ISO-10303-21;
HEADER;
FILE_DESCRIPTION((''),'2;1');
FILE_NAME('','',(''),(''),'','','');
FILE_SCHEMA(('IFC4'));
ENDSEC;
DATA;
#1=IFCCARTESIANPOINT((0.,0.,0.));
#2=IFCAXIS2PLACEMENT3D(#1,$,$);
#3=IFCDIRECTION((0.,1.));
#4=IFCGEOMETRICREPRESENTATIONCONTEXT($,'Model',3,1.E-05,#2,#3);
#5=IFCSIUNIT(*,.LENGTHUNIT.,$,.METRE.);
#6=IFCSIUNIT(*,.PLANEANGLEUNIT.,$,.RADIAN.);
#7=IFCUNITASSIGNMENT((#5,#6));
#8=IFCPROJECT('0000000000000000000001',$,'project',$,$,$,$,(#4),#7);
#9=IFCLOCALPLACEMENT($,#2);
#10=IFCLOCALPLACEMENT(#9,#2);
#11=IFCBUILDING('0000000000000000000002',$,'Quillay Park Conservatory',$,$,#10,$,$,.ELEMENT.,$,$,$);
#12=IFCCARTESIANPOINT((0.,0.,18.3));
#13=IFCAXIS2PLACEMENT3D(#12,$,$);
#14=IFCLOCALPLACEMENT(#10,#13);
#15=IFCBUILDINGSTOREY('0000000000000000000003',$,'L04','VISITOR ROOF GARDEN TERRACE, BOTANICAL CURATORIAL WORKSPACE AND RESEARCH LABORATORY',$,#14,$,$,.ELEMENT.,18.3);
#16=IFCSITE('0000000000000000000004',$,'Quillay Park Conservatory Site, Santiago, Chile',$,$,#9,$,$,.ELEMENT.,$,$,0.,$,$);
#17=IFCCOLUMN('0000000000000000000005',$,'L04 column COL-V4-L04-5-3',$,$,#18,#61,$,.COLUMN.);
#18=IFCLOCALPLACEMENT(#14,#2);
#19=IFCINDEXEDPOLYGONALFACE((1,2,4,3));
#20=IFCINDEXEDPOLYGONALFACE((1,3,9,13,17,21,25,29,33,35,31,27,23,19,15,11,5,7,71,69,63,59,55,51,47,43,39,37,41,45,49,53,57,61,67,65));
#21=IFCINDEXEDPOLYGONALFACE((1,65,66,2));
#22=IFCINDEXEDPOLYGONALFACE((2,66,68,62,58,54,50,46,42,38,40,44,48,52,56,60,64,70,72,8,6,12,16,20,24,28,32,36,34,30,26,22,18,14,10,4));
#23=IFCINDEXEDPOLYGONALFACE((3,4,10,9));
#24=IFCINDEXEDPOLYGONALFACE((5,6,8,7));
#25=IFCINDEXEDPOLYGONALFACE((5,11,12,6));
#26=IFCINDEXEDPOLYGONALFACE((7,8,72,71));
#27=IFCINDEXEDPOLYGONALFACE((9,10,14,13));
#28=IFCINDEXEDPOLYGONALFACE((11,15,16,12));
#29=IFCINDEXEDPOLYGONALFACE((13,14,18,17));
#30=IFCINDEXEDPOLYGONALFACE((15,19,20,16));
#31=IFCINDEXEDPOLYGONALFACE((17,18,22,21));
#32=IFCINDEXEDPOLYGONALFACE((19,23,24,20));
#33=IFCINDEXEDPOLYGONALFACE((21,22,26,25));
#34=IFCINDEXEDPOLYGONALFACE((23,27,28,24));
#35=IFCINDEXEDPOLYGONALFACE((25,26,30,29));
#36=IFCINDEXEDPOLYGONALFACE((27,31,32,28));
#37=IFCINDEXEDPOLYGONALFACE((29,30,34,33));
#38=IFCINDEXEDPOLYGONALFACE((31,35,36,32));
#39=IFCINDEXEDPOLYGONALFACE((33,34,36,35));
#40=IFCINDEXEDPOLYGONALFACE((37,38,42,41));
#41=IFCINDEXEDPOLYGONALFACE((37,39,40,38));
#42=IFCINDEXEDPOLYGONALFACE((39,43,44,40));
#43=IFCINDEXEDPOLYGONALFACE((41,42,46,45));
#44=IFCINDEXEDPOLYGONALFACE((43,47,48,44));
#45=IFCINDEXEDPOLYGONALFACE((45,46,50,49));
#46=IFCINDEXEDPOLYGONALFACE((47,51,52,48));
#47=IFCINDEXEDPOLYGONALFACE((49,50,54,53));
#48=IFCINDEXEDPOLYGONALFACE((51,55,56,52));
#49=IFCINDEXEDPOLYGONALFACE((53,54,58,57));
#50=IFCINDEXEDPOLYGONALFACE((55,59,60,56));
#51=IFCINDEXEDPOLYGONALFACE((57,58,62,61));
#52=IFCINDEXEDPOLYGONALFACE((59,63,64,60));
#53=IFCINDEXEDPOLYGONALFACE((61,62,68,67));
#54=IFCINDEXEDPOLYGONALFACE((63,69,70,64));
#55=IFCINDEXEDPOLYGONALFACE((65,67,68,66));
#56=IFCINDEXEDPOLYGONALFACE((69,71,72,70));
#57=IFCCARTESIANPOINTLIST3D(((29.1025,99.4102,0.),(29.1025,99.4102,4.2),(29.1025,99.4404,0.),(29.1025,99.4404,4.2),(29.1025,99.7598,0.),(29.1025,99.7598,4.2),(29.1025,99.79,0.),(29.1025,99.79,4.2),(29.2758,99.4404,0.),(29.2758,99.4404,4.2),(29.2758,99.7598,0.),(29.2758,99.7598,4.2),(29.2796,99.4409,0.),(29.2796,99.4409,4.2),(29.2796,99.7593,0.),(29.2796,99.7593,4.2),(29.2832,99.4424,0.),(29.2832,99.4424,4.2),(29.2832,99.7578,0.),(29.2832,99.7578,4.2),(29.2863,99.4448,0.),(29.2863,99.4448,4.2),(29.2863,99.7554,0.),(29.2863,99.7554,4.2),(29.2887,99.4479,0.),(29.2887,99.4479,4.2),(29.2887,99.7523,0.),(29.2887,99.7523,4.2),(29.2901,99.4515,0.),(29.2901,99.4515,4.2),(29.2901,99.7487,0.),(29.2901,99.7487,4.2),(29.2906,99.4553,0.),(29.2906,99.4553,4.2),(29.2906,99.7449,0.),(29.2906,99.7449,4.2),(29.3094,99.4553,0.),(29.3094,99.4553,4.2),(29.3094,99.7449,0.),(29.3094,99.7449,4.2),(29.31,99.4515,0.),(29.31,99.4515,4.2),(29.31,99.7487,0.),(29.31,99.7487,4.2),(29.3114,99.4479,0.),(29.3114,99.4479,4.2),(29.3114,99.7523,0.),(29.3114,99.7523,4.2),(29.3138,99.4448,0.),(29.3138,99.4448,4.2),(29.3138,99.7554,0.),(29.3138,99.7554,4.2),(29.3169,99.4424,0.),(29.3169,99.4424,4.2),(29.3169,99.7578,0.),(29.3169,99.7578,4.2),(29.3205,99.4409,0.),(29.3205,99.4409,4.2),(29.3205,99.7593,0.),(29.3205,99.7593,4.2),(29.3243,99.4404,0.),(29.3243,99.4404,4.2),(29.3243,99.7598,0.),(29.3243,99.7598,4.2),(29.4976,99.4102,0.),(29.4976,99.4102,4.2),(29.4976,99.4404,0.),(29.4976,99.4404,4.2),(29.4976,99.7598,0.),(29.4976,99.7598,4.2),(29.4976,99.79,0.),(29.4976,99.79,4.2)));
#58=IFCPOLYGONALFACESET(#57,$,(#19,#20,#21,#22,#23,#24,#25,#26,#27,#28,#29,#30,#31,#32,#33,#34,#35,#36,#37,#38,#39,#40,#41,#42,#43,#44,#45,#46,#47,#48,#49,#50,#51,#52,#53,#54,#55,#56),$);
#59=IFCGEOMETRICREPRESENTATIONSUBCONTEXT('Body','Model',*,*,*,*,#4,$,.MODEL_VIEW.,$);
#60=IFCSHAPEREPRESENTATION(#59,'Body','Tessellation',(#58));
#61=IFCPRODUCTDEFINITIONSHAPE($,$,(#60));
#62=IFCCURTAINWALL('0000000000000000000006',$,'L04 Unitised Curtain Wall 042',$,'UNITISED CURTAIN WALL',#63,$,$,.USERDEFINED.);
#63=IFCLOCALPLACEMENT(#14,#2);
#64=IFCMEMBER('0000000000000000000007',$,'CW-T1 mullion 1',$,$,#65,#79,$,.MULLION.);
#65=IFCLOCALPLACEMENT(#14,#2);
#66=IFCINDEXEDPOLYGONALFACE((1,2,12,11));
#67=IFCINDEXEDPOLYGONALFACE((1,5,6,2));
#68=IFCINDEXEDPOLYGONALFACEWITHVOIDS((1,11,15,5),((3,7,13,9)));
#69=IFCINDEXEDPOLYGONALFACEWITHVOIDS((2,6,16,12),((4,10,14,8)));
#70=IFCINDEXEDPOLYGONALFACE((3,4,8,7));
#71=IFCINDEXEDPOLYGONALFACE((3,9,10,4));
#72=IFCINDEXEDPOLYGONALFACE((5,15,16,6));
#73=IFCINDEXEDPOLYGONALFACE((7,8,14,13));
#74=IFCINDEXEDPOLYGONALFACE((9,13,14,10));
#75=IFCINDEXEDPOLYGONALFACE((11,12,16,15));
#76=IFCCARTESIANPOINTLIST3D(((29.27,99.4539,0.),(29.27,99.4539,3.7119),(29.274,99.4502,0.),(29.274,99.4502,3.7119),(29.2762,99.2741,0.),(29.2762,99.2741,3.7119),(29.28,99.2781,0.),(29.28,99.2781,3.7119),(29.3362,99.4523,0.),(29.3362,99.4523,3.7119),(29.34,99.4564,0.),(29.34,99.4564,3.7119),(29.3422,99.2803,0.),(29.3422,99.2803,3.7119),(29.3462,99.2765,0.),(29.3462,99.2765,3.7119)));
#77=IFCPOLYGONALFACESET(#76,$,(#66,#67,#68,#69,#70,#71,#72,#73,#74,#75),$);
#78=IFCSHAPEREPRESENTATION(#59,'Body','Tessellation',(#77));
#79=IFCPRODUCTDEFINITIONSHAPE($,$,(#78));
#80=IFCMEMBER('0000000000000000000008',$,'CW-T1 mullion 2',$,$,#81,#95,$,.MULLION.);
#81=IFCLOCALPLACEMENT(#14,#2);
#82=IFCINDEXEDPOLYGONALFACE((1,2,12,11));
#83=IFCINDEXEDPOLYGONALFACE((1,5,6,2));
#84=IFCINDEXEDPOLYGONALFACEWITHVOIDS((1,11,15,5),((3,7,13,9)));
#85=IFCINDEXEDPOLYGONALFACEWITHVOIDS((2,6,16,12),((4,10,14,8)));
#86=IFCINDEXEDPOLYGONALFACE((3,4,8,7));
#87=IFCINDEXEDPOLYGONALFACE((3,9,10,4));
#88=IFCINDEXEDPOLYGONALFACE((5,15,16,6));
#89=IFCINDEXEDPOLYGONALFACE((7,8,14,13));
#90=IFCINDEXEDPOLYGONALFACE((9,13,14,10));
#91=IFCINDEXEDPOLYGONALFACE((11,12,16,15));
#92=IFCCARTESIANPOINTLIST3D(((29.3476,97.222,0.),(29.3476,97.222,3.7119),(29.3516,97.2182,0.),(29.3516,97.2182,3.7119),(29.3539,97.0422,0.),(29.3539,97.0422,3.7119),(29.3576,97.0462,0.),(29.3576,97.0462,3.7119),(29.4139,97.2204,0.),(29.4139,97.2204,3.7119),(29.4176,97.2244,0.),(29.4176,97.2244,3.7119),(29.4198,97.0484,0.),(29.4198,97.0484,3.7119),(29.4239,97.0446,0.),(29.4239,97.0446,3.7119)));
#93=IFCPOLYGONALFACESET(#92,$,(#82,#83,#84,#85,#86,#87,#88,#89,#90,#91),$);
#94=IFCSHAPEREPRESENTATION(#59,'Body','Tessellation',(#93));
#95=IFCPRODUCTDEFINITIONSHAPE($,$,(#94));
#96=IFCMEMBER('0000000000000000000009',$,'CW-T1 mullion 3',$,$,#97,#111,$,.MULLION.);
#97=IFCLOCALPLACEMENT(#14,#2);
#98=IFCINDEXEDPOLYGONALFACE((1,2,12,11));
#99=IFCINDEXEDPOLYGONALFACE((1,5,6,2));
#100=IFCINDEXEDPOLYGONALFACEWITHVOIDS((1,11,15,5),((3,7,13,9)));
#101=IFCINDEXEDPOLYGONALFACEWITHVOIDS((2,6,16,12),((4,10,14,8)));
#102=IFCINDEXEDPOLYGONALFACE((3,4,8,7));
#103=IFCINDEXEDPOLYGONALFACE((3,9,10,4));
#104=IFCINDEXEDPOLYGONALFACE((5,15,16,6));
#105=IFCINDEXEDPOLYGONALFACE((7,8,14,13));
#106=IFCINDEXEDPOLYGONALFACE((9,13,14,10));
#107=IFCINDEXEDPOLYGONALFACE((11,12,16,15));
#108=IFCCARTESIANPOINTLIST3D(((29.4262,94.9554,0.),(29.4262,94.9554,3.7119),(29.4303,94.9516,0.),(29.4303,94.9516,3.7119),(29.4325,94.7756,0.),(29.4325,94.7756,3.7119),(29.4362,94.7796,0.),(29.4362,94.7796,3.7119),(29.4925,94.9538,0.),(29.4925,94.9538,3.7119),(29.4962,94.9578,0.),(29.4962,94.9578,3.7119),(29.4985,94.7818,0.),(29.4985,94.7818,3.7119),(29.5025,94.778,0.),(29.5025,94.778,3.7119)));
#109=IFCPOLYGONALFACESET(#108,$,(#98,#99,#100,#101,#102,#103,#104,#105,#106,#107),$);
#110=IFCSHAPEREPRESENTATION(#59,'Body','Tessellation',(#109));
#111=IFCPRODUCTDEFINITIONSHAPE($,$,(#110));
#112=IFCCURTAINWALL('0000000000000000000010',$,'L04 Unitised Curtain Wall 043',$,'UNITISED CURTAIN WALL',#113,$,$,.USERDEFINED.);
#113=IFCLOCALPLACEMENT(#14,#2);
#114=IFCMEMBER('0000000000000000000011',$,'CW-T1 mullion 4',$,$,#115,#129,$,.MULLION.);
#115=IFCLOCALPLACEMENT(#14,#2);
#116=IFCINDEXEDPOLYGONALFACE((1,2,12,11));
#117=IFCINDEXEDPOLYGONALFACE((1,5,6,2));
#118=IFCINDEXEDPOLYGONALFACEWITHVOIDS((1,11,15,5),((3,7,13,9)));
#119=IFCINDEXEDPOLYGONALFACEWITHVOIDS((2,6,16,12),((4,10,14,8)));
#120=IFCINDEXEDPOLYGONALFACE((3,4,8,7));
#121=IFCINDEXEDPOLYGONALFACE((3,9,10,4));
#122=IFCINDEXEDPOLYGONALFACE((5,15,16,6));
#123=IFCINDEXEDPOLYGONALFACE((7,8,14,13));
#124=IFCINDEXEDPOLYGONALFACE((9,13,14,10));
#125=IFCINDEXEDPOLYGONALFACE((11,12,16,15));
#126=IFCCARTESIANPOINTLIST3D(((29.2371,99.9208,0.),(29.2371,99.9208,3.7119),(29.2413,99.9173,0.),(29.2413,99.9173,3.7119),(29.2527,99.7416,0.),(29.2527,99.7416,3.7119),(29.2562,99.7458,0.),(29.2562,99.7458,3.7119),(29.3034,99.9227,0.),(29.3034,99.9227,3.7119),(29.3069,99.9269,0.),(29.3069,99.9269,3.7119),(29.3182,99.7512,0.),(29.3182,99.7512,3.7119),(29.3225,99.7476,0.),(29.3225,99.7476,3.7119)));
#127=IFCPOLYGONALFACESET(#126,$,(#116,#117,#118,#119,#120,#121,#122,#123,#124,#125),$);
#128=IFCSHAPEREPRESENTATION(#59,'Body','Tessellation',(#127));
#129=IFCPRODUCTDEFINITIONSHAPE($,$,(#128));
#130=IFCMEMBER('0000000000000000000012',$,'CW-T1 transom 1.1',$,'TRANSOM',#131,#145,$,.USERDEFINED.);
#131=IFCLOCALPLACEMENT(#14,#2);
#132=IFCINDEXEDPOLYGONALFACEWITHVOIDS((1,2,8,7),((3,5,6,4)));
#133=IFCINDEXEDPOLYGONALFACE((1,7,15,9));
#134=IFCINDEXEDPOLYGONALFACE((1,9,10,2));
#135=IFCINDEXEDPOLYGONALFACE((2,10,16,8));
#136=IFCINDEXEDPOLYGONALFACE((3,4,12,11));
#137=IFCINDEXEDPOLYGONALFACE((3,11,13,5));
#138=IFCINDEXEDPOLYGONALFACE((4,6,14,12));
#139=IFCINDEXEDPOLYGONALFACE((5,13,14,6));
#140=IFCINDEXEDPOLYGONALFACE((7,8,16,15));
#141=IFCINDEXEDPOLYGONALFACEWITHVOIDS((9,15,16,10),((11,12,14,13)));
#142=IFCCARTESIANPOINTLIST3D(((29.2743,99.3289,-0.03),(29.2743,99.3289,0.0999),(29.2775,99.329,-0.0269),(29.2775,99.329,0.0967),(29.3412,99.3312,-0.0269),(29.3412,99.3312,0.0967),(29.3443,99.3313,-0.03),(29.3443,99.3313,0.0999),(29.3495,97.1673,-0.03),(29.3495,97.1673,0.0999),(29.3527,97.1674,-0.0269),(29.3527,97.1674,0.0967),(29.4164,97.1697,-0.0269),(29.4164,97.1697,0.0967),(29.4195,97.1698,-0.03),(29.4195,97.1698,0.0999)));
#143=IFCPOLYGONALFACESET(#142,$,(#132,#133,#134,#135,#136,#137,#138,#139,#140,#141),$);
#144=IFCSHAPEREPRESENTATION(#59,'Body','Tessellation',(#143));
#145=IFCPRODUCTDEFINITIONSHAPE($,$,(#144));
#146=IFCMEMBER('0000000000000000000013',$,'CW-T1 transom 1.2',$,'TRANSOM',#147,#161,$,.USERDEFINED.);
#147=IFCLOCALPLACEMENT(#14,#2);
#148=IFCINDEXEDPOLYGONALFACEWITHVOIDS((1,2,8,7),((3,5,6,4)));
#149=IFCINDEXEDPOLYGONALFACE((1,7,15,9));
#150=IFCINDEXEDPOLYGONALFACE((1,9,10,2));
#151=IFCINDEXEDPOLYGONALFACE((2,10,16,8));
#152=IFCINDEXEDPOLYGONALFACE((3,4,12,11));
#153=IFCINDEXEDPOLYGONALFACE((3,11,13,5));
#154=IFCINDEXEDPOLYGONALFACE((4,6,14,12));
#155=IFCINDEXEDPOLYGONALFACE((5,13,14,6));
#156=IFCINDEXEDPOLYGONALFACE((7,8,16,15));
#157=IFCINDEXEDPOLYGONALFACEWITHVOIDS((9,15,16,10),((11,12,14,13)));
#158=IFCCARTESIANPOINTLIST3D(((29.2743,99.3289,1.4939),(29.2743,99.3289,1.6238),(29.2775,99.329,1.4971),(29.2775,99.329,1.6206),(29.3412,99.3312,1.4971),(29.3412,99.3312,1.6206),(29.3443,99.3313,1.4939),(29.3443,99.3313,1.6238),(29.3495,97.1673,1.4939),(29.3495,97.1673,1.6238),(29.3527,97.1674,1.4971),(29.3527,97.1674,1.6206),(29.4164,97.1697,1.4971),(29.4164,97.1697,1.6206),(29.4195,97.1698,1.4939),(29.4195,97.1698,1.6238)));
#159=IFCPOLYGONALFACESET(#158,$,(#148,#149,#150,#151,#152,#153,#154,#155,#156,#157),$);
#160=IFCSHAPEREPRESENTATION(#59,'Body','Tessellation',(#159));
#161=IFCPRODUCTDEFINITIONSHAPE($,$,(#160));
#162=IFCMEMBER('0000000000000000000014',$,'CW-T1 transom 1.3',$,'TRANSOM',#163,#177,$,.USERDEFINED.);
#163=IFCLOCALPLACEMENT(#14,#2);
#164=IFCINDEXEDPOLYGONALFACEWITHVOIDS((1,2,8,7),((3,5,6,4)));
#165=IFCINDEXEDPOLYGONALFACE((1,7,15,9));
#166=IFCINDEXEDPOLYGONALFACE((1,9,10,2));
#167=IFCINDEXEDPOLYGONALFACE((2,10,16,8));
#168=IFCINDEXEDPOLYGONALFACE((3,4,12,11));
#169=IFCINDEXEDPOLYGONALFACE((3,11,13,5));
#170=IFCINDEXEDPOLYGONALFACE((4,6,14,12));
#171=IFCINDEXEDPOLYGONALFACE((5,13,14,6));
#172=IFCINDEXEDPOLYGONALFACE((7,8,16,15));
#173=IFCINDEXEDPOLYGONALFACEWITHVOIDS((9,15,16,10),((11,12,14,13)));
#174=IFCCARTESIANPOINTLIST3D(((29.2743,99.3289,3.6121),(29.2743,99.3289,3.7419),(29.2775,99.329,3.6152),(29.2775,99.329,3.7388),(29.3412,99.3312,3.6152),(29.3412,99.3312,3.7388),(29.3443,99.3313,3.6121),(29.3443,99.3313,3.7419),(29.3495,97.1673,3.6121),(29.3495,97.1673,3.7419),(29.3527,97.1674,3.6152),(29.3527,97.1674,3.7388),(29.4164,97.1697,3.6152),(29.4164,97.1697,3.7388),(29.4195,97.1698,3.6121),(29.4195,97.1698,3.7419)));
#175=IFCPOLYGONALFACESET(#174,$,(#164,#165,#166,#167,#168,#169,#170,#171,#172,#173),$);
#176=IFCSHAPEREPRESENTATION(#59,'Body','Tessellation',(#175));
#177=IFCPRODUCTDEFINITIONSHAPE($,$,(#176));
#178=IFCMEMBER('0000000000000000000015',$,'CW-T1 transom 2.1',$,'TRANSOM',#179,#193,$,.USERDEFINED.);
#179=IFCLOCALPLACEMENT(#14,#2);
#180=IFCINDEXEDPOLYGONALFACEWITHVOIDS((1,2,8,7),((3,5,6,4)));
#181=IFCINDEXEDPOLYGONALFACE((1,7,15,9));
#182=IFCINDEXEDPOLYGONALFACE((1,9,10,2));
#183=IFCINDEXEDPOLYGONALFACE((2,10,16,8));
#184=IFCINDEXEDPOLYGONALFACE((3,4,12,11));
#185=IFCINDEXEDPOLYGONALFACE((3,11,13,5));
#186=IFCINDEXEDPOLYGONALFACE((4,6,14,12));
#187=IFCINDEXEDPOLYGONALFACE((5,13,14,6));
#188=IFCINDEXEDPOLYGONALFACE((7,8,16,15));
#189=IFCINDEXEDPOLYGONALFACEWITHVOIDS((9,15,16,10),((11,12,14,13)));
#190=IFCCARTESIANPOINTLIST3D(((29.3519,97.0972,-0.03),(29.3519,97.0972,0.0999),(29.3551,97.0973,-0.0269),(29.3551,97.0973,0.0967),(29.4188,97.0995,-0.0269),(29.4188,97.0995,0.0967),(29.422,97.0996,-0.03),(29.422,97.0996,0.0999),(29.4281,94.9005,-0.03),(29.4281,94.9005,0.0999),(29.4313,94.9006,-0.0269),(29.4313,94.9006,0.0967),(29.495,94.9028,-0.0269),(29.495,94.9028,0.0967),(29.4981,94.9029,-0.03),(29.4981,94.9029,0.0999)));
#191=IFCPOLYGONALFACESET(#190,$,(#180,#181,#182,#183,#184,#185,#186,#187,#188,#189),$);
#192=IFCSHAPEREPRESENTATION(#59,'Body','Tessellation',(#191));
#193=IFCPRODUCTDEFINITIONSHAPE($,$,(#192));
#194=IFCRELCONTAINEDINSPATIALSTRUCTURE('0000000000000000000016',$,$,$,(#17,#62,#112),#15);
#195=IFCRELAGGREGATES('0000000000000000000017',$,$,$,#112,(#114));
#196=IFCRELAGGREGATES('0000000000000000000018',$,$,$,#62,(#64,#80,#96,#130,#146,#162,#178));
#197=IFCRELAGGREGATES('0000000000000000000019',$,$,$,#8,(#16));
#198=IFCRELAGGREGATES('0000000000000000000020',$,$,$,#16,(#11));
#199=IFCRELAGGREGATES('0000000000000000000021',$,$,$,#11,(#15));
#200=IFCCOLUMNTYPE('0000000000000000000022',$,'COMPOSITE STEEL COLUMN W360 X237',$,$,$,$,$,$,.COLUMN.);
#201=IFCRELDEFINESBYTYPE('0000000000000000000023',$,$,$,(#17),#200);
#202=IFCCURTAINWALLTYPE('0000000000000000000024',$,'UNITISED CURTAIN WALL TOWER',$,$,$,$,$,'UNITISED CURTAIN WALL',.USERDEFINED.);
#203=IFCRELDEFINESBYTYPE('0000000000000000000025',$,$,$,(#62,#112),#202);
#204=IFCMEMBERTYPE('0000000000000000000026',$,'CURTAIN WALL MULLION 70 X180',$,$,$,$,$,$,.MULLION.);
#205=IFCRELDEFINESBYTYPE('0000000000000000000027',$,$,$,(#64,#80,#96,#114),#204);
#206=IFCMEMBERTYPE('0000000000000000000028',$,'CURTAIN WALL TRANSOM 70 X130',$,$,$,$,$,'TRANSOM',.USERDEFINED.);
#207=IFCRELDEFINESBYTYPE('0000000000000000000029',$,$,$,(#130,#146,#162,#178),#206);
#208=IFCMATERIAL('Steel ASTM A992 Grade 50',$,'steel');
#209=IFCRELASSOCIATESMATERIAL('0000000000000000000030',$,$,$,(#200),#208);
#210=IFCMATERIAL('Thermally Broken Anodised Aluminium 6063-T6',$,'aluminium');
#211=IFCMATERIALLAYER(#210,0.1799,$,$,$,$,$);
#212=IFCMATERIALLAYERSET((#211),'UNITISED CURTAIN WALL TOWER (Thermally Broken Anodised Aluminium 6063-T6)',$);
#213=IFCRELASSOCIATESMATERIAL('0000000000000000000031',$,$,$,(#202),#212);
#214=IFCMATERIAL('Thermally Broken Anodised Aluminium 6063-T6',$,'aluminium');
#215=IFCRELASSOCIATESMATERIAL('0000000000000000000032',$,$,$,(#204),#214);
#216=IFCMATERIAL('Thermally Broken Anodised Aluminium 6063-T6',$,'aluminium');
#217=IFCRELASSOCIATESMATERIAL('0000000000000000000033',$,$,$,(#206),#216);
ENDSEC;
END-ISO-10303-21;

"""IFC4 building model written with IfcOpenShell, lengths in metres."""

from ifc_helpers import new_model, si_unit, direction, frame, origin, origin_2d, place, context, subcontext, project, spatial, hollow_rectangle, i_section, extrude, material, layer, layer_set, material_profile, profile_set, type_object, element, aggregate, save


model = new_model("IFC4")

# Units and contexts
model_context = context("Model", 3, precision=1e-05, world=origin(), true_north=direction((0.0, 1.0)))
body_context = subcontext(model_context, "Body", "Model", "MODEL_VIEW")
ifc_project = project(units=[si_unit("LENGTHUNIT", "METRE"), si_unit("PLANEANGLEUNIT", "RADIAN")], contexts=[model_context])

# Site, building, storey
site_placement = place(None, origin())
site = spatial("IfcSite", under=ifc_project, at=site_placement, Name="Quillay Park Conservatory Site, Santiago, Chile", CompositionType="ELEMENT", RefElevation=0.0)
building_placement = place(site_placement, origin())
building = spatial("IfcBuilding", under=site, at=building_placement, Name="Quillay Park Conservatory", CompositionType="ELEMENT")
storey_placement = place(building_placement, frame((0.0, 0.0, 18.3)))
storey = spatial("IfcBuildingStorey", under=building, at=storey_placement, Name="L04", Description="VISITOR ROOF GARDEN TERRACE, BOTANICAL CURATORIAL WORKSPACE AND RESEARCH LABORATORY", CompositionType="ELEMENT", Elevation=18.3)

# Column
ifc_material_1 = material(Name="Steel ASTM A992 Grade 50", Category="steel")
ifc_material_profile_1 = material_profile(ifc_material_1, i_section(OverallWidth=0.395, OverallDepth=0.3799, WebThickness=0.0188, FlangeThickness=0.0303, FilletRadius=0.0149, at=origin_2d()), Name="W360x237")
ifc_profile_set_1 = profile_set([ifc_material_profile_1], Name="Steel ASTM A992 Grade 50")
column_type = type_object("IfcColumnType", Name="COMPOSITE STEEL COLUMN W360 X237", PredefinedType="COLUMN", material=ifc_profile_set_1)
column_placement = place(storey_placement, frame((29.3, 99.6001, 0.0), z_axis=(0.0, 0.0, 1.0), x_axis=(1.0, 0.0, 0.0)))
element("IfcColumn", 1, at=column_placement, inside=storey, type_object=column_type, Name="L04 column COL-V4-L04-5-3", PredefinedType="COLUMN", context=body_context, shape_type="SweptSolid", body=[
    extrude(i_section(OverallWidth=0.395, OverallDepth=0.3799, WebThickness=0.0188, FlangeThickness=0.0303, FilletRadius=0.0149, at=origin_2d()), origin(), (0.0, 0.0, 1.0), 4.2),
])

# Curtain wall, members
ifc_material_2 = material(Name="Thermally Broken Anodised Aluminium 6063-T6", Category="aluminium")
ifc_layer_1 = layer(ifc_material_2, 0.1799)
ifc_layer_set_1 = layer_set([ifc_layer_1], Name="UNITISED CURTAIN WALL TOWER (Thermally Broken Anodised Aluminium 6063-T6)")
curtain_wall_type = type_object("IfcCurtainWallType", Name="UNITISED CURTAIN WALL TOWER", ElementType="UNITISED CURTAIN WALL", PredefinedType="USERDEFINED", material=ifc_layer_set_1)
curtain_wall_1_placement = place(storey_placement, origin())
curtain_wall_1 = element("IfcCurtainWall", 2, at=curtain_wall_1_placement, inside=storey, type_object=curtain_wall_type, Name="L04 Unitised Curtain Wall 042", ObjectType="UNITISED CURTAIN WALL", PredefinedType="USERDEFINED")
ifc_material_3 = material(Name="Thermally Broken Anodised Aluminium 6063-T6", Category="aluminium")
ifc_material_profile_2 = material_profile(ifc_material_3, hollow_rectangle(XDim=0.0701, YDim=0.1799, WallThickness=0.0039, at=origin_2d()), Name="AL70x180x4")
ifc_profile_set_2 = profile_set([ifc_material_profile_2], Name="Thermally Broken Anodised Aluminium 6063-T6")
member_type_1 = type_object("IfcMemberType", Name="CURTAIN WALL MULLION 70 X180", PredefinedType="MULLION", material=ifc_profile_set_2)
member_1_placement = place(storey_placement, frame((29.3081, 99.3652, 0.0), z_axis=(0.0, 0.0, 1.0), x_axis=(0.999397, 0.034713, 0.0)))
member_1 = element("IfcMember", 3, at=member_1_placement, type_object=member_type_1, Name="CW-T1 mullion 1", PredefinedType="MULLION", context=body_context, shape_type="SweptSolid", body=[
    extrude(hollow_rectangle(XDim=0.0701, YDim=0.1799, WallThickness=0.0039, at=origin_2d()), origin(), (0.0, 0.0, 1.0), 3.7119),
])
member_2_placement = place(storey_placement, frame((29.3857, 97.1333, 0.0), z_axis=(0.0, 0.0, 1.0), x_axis=(0.999397, 0.034713, 0.0)))
member_2 = element("IfcMember", 4, at=member_2_placement, type_object=member_type_1, Name="CW-T1 mullion 2", PredefinedType="MULLION", context=body_context, shape_type="SweptSolid", body=[
    extrude(hollow_rectangle(XDim=0.0701, YDim=0.1799, WallThickness=0.0039, at=origin_2d()), origin(), (0.0, 0.0, 1.0), 3.7119),
])
member_3_placement = place(storey_placement, frame((29.4644, 94.8667, 0.0), z_axis=(0.0, 0.0, 1.0), x_axis=(0.999397, 0.034713, 0.0)))
member_3 = element("IfcMember", 5, at=member_3_placement, type_object=member_type_1, Name="CW-T1 mullion 3", PredefinedType="MULLION", context=body_context, shape_type="SweptSolid", body=[
    extrude(hollow_rectangle(XDim=0.0701, YDim=0.1799, WallThickness=0.0039, at=origin_2d()), origin(), (0.0, 0.0, 1.0), 3.7119),
])

# Curtain wall, member
curtain_wall_2_placement = place(storey_placement, origin())
curtain_wall_2 = element("IfcCurtainWall", 6, at=curtain_wall_2_placement, inside=storey, type_object=curtain_wall_type, Name="L04 Unitised Curtain Wall 043", ObjectType="UNITISED CURTAIN WALL", PredefinedType="USERDEFINED")
member_4_placement = place(storey_placement, frame((29.2798, 99.8342, 0.0), z_axis=(0.0, 0.0, 1.0), x_axis=(0.996254, 0.08648, 0.0)))
member_4 = element("IfcMember", 7, at=member_4_placement, type_object=member_type_1, Name="CW-T1 mullion 4", PredefinedType="MULLION", context=body_context, shape_type="SweptSolid", body=[
    extrude(hollow_rectangle(XDim=0.0701, YDim=0.1799, WallThickness=0.0039, at=origin_2d()), origin(), (0.0, 0.0, 1.0), 3.7119),
])
aggregate(curtain_wall_2, [member_4])

# Members
ifc_material_4 = material(Name="Thermally Broken Anodised Aluminium 6063-T6", Category="aluminium")
ifc_material_profile_3 = material_profile(ifc_material_4, hollow_rectangle(XDim=0.0701, YDim=0.1299, WallThickness=0.0032, at=origin_2d()), Name="AL70x130x3.2")
ifc_profile_set_3 = profile_set([ifc_material_profile_3], Name="Thermally Broken Anodised Aluminium 6063-T6")
member_type_2 = type_object("IfcMemberType", Name="CURTAIN WALL TRANSOM 70 X130", ElementType="TRANSOM", PredefinedType="USERDEFINED", material=ifc_profile_set_3)
member_5_placement = place(storey_placement, frame((29.3093, 99.3301, 0.0349), z_axis=(0.034766, -0.999395, 0.0), x_axis=(0.999395, 0.034766, 0.0)))
member_5 = element("IfcMember", 8, at=member_5_placement, type_object=member_type_2, Name="CW-T1 transom 1.1", ObjectType="TRANSOM", PredefinedType="USERDEFINED", context=body_context, shape_type="SweptSolid", body=[
    extrude(hollow_rectangle(XDim=0.0701, YDim=0.1299, WallThickness=0.0032, at=origin_2d()), origin(), (0.0, 0.0, 1.0), 2.1628),
])
member_6_placement = place(storey_placement, frame((29.3093, 99.3301, 1.5588), z_axis=(0.034766, -0.999395, 0.0), x_axis=(0.999395, 0.034766, 0.0)))
member_6 = element("IfcMember", 9, at=member_6_placement, type_object=member_type_2, Name="CW-T1 transom 1.2", ObjectType="TRANSOM", PredefinedType="USERDEFINED", context=body_context, shape_type="SweptSolid", body=[
    extrude(hollow_rectangle(XDim=0.0701, YDim=0.1299, WallThickness=0.0032, at=origin_2d()), origin(), (0.0, 0.0, 1.0), 2.1628),
])
member_7_placement = place(storey_placement, frame((29.3093, 99.3301, 3.677), z_axis=(0.034766, -0.999395, 0.0), x_axis=(0.999395, 0.034766, 0.0)))
member_7 = element("IfcMember", 10, at=member_7_placement, type_object=member_type_2, Name="CW-T1 transom 1.3", ObjectType="TRANSOM", PredefinedType="USERDEFINED", context=body_context, shape_type="SweptSolid", body=[
    extrude(hollow_rectangle(XDim=0.0701, YDim=0.1299, WallThickness=0.0032, at=origin_2d()), origin(), (0.0, 0.0, 1.0), 2.1628),
])
member_8_placement = place(storey_placement, frame((29.387, 97.0984, 0.0349), z_axis=(0.034654, -0.999399, 0.0), x_axis=(0.999399, 0.034654, 0.0)))
member_8 = element("IfcMember", 11, at=member_8_placement, type_object=member_type_2, Name="CW-T1 transom 2.1", ObjectType="TRANSOM", PredefinedType="USERDEFINED", context=body_context, shape_type="SweptSolid", body=[
    extrude(hollow_rectangle(XDim=0.0701, YDim=0.1299, WallThickness=0.0032, at=origin_2d()), origin(), (0.0, 0.0, 1.0), 2.198),
])

aggregate(curtain_wall_1, [member_1, member_2, member_3, member_5, member_6, member_7, member_8])

save(model, "model.ifc")
